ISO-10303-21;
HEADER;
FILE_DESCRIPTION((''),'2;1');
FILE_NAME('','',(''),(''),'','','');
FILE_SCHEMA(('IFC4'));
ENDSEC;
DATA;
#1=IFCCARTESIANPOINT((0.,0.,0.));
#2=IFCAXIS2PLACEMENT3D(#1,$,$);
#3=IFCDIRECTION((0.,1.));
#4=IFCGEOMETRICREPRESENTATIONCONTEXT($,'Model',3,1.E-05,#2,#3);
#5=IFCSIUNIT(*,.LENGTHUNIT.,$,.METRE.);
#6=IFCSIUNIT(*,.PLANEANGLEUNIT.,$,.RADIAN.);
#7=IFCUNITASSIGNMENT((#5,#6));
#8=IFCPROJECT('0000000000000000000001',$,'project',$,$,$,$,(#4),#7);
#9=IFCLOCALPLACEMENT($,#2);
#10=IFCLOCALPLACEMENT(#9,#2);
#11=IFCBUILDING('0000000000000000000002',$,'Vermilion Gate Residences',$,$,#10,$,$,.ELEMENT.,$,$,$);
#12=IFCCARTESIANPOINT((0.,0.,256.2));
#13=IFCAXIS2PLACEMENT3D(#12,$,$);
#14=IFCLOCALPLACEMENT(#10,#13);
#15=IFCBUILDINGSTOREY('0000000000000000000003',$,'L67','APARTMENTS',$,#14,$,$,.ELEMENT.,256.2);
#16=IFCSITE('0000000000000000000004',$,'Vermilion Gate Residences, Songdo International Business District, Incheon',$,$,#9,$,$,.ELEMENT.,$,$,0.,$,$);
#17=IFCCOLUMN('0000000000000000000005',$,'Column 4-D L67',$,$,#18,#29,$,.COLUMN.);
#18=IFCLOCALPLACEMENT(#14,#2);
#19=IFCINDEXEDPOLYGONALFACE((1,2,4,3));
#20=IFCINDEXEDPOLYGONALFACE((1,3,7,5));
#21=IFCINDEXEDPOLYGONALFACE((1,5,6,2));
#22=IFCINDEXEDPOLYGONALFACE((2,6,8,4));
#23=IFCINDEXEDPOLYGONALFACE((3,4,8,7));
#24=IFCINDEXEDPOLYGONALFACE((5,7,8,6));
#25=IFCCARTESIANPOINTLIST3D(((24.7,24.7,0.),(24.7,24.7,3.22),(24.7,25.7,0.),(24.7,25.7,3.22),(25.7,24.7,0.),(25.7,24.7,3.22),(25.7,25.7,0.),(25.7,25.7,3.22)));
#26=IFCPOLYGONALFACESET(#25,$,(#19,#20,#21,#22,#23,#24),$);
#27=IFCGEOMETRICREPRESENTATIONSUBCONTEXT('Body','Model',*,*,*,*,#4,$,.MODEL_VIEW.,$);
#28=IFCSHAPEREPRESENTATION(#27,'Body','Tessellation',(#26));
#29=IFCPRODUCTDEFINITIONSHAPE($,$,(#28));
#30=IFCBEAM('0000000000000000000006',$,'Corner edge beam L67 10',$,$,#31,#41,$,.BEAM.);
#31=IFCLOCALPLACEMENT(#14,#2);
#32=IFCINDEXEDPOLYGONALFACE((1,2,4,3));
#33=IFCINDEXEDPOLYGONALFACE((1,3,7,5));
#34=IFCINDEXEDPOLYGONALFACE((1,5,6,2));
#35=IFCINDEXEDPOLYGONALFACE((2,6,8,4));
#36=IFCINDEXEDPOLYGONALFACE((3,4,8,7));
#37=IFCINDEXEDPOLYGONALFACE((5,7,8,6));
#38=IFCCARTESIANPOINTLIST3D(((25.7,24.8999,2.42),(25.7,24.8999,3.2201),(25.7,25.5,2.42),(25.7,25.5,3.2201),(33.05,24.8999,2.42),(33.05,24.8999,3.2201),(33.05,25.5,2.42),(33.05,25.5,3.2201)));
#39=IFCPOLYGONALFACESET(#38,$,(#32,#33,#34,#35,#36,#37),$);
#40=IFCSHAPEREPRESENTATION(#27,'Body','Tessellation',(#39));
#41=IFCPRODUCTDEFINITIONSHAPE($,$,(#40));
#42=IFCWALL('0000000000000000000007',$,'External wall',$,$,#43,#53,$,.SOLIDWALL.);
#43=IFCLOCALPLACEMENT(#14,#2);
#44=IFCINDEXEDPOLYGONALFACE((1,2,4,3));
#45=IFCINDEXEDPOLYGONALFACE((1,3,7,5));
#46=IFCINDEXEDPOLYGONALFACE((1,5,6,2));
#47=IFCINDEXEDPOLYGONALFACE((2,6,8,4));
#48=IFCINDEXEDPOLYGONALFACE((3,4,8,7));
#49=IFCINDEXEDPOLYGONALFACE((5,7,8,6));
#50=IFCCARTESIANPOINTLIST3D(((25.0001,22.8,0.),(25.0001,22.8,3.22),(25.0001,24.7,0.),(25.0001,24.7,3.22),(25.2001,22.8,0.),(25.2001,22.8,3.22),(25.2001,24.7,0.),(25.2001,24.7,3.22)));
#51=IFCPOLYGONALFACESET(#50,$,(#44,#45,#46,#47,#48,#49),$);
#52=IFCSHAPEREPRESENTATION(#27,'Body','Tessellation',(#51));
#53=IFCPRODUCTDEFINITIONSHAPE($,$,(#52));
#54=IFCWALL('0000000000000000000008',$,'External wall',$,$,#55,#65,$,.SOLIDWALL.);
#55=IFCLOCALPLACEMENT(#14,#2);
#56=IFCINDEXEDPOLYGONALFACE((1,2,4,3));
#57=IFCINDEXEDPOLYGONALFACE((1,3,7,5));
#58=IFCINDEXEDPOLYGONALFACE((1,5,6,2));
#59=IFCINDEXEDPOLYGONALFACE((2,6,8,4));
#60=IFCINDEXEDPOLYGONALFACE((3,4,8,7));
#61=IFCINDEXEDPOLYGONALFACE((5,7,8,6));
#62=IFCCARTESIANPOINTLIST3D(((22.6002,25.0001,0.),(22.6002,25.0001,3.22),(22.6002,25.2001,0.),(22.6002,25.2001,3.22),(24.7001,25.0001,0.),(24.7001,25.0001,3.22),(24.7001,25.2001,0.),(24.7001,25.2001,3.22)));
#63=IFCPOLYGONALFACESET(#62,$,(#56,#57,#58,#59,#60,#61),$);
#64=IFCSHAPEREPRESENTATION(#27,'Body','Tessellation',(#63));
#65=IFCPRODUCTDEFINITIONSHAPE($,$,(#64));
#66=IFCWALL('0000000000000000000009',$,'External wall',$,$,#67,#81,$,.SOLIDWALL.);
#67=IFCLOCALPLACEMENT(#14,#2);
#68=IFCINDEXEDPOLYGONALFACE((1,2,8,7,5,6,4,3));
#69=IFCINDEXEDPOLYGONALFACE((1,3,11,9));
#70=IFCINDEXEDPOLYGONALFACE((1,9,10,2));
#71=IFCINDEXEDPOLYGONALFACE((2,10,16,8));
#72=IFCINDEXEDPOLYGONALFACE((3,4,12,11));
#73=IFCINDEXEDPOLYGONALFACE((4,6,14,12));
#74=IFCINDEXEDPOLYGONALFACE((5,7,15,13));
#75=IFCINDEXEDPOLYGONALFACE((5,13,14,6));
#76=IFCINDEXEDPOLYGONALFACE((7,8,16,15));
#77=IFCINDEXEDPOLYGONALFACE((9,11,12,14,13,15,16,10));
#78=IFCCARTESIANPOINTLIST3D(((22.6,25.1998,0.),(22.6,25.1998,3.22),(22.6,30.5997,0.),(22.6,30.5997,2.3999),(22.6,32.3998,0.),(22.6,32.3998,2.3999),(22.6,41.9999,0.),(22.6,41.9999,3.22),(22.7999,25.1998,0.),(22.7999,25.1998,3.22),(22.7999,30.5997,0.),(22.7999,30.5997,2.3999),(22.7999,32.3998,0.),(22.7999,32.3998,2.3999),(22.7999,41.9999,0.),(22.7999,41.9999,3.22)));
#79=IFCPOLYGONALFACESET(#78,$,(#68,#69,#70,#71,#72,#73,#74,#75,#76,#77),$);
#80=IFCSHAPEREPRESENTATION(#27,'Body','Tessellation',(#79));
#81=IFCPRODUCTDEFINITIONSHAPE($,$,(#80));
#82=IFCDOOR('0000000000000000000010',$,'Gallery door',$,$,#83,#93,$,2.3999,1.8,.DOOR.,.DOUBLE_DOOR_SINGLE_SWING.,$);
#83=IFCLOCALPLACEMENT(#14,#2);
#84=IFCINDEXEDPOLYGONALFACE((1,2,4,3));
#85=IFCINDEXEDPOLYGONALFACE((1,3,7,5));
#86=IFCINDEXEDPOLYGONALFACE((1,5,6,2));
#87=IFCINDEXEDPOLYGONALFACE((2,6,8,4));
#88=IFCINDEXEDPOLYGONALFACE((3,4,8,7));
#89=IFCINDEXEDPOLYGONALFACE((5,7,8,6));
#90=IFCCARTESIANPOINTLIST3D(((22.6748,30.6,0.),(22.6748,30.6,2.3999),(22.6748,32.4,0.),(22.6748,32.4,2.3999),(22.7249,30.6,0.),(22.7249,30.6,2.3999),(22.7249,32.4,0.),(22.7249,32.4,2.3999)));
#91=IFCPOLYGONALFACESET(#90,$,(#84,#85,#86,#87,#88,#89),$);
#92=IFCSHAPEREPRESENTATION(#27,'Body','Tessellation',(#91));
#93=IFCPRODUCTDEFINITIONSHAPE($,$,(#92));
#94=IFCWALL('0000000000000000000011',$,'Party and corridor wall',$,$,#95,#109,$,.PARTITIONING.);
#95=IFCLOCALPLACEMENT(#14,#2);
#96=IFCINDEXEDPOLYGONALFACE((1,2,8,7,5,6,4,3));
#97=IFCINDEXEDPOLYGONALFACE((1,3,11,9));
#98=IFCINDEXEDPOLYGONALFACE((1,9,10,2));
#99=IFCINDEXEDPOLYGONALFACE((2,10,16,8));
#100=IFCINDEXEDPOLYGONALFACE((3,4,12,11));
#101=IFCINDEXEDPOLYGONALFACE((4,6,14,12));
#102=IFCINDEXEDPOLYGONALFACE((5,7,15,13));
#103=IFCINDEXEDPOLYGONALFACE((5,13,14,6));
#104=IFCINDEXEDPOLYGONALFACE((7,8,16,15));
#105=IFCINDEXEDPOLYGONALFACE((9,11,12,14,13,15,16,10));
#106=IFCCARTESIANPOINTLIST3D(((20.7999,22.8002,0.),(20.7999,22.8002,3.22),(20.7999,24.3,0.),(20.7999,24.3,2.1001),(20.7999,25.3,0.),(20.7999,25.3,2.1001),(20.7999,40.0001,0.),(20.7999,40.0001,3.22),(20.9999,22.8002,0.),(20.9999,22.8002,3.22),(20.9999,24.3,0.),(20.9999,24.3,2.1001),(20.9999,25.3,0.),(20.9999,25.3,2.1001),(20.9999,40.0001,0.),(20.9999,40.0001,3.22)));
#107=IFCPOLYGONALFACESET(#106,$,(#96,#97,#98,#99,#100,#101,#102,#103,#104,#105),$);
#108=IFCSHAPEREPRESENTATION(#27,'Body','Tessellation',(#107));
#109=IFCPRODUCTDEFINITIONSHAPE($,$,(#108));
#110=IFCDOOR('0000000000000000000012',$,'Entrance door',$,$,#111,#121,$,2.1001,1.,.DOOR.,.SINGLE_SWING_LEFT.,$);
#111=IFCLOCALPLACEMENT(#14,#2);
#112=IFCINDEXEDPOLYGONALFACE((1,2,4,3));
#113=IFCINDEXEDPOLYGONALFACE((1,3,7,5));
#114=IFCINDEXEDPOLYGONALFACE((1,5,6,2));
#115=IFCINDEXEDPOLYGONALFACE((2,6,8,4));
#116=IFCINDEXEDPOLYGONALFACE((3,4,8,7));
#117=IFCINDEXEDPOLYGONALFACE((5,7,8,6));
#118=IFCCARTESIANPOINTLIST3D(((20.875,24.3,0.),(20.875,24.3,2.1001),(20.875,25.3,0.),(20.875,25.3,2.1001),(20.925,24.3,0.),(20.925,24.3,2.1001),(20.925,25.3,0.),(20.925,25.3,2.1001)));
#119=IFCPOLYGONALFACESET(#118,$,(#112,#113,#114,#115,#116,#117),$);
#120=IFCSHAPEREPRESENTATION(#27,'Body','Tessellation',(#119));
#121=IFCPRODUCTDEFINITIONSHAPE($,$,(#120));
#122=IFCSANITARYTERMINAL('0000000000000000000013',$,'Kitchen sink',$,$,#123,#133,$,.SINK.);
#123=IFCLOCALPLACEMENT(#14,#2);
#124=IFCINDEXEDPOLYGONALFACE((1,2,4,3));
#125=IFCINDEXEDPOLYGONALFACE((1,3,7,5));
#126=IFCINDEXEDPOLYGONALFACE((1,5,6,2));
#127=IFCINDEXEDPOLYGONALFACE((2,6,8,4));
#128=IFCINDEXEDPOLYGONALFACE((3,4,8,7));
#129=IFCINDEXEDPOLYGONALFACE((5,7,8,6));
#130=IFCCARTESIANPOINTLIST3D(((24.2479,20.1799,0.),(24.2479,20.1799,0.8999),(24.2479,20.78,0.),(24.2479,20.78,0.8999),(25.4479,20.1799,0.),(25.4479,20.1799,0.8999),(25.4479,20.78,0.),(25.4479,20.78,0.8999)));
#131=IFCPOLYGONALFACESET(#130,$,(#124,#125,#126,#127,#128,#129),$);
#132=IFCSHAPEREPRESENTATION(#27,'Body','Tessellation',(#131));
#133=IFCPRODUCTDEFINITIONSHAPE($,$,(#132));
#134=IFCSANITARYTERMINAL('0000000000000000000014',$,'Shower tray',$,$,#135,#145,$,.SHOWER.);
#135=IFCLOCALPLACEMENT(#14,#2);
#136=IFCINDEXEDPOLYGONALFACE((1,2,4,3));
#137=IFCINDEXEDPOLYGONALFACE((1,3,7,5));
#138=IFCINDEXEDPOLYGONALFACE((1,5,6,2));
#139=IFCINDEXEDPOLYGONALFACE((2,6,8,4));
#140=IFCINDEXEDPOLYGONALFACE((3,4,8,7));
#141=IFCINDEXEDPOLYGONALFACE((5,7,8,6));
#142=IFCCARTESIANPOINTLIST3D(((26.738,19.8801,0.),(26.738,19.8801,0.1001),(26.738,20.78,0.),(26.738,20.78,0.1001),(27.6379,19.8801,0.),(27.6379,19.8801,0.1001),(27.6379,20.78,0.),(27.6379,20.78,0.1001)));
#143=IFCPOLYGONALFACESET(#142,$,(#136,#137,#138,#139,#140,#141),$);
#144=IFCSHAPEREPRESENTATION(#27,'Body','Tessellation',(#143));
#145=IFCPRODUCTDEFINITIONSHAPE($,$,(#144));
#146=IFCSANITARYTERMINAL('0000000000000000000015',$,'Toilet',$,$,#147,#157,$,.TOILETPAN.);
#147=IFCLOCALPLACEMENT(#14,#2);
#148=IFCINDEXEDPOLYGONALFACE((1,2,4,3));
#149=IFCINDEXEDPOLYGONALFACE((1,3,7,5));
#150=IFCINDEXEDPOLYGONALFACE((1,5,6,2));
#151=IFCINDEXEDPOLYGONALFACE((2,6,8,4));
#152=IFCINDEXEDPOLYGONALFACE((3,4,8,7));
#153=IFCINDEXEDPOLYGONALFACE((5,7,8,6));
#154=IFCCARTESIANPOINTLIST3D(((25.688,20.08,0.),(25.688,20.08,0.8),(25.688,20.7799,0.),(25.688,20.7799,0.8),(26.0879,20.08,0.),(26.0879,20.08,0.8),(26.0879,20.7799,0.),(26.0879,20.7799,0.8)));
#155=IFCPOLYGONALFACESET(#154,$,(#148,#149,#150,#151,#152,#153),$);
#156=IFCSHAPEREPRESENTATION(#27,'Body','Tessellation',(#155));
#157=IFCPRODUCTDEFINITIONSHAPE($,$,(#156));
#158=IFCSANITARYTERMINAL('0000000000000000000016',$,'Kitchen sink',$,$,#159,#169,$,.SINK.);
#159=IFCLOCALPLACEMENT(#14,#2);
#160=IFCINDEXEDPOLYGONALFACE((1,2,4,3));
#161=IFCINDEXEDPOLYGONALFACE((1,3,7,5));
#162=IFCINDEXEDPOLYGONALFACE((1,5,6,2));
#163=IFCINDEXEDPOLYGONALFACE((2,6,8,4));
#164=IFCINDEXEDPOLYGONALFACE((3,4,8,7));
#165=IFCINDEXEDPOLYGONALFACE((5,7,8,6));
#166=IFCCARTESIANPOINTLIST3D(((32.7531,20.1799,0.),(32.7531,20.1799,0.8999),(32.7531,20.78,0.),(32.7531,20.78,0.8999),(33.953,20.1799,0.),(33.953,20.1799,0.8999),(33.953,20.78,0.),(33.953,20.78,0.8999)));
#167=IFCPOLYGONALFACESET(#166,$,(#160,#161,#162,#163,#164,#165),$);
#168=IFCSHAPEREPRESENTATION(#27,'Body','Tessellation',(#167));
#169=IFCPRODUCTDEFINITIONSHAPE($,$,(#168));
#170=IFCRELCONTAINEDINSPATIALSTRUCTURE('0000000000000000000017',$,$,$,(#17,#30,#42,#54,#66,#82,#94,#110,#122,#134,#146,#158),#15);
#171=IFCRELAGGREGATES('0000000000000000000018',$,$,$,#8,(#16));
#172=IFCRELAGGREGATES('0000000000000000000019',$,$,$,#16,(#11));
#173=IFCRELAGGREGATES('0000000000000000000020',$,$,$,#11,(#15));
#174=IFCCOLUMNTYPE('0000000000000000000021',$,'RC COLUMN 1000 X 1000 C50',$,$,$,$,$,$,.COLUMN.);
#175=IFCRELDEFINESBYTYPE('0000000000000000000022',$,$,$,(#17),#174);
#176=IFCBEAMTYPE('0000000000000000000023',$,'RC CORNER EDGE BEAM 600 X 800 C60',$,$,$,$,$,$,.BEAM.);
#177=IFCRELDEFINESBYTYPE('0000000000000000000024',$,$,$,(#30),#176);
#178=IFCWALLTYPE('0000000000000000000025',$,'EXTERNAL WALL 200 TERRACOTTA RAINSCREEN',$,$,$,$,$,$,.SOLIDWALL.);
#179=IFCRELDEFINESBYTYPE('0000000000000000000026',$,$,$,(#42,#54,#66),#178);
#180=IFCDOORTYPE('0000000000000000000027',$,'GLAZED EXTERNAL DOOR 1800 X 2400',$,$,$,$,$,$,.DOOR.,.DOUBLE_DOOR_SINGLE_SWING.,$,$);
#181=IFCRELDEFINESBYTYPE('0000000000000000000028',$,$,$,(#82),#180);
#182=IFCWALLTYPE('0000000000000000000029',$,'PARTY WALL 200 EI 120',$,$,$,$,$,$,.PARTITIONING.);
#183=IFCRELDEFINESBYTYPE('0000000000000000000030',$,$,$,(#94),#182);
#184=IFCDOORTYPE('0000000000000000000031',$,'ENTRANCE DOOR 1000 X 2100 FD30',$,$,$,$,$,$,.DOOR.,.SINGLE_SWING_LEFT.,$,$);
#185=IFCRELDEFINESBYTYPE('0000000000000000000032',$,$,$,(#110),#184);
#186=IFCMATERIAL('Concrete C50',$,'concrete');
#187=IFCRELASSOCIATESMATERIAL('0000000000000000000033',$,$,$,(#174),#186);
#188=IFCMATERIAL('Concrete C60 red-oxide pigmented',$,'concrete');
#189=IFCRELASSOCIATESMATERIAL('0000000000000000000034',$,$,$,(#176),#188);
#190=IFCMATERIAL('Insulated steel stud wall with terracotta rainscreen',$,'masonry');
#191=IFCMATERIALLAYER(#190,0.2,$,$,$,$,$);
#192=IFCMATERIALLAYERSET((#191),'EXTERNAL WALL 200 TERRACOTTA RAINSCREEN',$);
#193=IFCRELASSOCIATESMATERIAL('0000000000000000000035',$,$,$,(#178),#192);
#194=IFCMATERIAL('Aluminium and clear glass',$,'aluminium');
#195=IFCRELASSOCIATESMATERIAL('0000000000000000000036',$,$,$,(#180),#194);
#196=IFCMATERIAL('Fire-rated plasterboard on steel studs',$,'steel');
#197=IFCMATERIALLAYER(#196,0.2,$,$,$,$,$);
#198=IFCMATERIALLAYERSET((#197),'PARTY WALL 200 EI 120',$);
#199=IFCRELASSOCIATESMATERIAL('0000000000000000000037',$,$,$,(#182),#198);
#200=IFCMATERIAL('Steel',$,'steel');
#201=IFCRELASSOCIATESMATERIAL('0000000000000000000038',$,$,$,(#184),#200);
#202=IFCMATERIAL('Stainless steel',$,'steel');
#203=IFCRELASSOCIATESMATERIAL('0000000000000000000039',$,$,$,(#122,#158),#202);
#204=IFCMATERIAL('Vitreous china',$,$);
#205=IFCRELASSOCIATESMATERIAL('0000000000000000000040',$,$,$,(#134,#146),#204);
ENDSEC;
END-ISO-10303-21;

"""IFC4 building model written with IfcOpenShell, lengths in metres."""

from ifc_helpers import new_model, si_unit, direction, frame, frame_2d, origin, origin_2d, place, context, subcontext, project, spatial, rectangle, extrude, material, layer, layer_set, material_profile, profile_set, type_object, element, fill, save


model = new_model("IFC4")

# Units and contexts
model_context = context("Model", 3, precision=1e-05, world=origin(), true_north=direction((0.0, 1.0)))
body_context = subcontext(model_context, "Body", "Model", "MODEL_VIEW")
ifc_project = project(units=[si_unit("LENGTHUNIT", "METRE"), si_unit("PLANEANGLEUNIT", "RADIAN")], contexts=[model_context])

# Site, building, storey
site_placement = place(None, origin())
site = spatial("IfcSite", under=ifc_project, at=site_placement, Name="Vermilion Gate Residences, Songdo International Business District, Incheon", CompositionType="ELEMENT", RefElevation=0.0)
building_placement = place(site_placement, origin())
building = spatial("IfcBuilding", under=site, at=building_placement, Name="Vermilion Gate Residences", CompositionType="ELEMENT")
storey_placement = place(building_placement, frame((0.0, 0.0, 256.2)))
storey = spatial("IfcBuildingStorey", under=building, at=storey_placement, Name="L67", Description="APARTMENTS", CompositionType="ELEMENT", Elevation=256.2)

# Column
ifc_material_1 = material(Name="Concrete C50", Category="concrete")
ifc_material_profile_1 = material_profile(ifc_material_1, rectangle(XDim=1.0, YDim=1.0, at=origin_2d()), Name="RC-1000x1000")
ifc_profile_set_1 = profile_set([ifc_material_profile_1], Name="Concrete C50")
column_type = type_object("IfcColumnType", Name="RC COLUMN 1000 X 1000 C50", PredefinedType="COLUMN", material=ifc_profile_set_1)
column_placement = place(storey_placement, frame((25.2, 25.2, 0.0), z_axis=(0.0, 0.0, 1.0), x_axis=(1.0, 0.0, 0.0)))
element("IfcColumn", 1, at=column_placement, inside=storey, type_object=column_type, Name="Column 4-D L67", PredefinedType="COLUMN", context=body_context, shape_type="SweptSolid", body=[
    extrude(rectangle(XDim=1.0, YDim=1.0, at=origin_2d()), origin(), (0.0, 0.0, 1.0), 3.22),
])

# Beam
ifc_material_2 = material(Name="Concrete C60 red-oxide pigmented", Category="concrete")
ifc_material_profile_2 = material_profile(ifc_material_2, rectangle(XDim=0.6001, YDim=0.8, at=origin_2d()), Name="RC-600x800")
ifc_profile_set_2 = profile_set([ifc_material_profile_2], Name="Concrete C60 red-oxide pigmented")
beam_type = type_object("IfcBeamType", Name="RC CORNER EDGE BEAM 600 X 800 C60", PredefinedType="BEAM", material=ifc_profile_set_2)
beam_placement = place(storey_placement, frame((25.7, 25.2, 2.8201), z_axis=(1.0, 0.0, 0.0), x_axis=(0.0, 1.0, 0.0)))
element("IfcBeam", 2, at=beam_placement, inside=storey, type_object=beam_type, Name="Corner edge beam L67 10", PredefinedType="BEAM", context=body_context, shape_type="SweptSolid", body=[
    extrude(rectangle(XDim=0.6001, YDim=0.8, at=origin_2d()), origin(), (0.0, 0.0, 1.0), 7.3501),
])

# Walls
ifc_material_3 = material(Name="Insulated steel stud wall with terracotta rainscreen", Category="masonry")
ifc_layer_1 = layer(ifc_material_3, 0.2)
ifc_layer_set_1 = layer_set([ifc_layer_1], Name="EXTERNAL WALL 200 TERRACOTTA RAINSCREEN")
wall_type_1 = type_object("IfcWallType", Name="EXTERNAL WALL 200 TERRACOTTA RAINSCREEN", PredefinedType="SOLIDWALL", material=ifc_layer_set_1)
wall_1_placement = place(storey_placement, frame((25.1001, 22.8, 0.0), z_axis=(0.0, 0.0, 1.0), x_axis=(0.0, 1.0, 0.0)))
element("IfcWall", 3, at=wall_1_placement, inside=storey, type_object=wall_type_1, Name="External wall", PredefinedType="SOLIDWALL", context=body_context, shape_type="SweptSolid", body=[
    extrude(rectangle(XDim=1.8999, YDim=0.2, at=frame_2d((0.95, 0.0))), origin(), (0.0, 0.0, 1.0), 3.22),
])
wall_2_placement = place(storey_placement, frame((24.7, 25.1001, 0.0), z_axis=(0.0, 0.0, 1.0), x_axis=(-1.0, 0.0, 0.0)))
element("IfcWall", 4, at=wall_2_placement, inside=storey, type_object=wall_type_1, Name="External wall", PredefinedType="SOLIDWALL", context=body_context, shape_type="SweptSolid", body=[
    extrude(rectangle(XDim=2.0999, YDim=0.2, at=frame_2d((1.0498, 0.0))), origin(), (0.0, 0.0, 1.0), 3.22),
])

# Walls, openings, doors
wall_3_placement = place(storey_placement, frame((22.7, 25.2, 0.0), z_axis=(0.0, 0.0, 1.0), x_axis=(0.0, 1.0, 0.0)))
wall_3 = element("IfcWall", 5, at=wall_3_placement, inside=storey, type_object=wall_type_1, Name="External wall", PredefinedType="SOLIDWALL", context=body_context, shape_type="SweptSolid", body=[
    extrude(rectangle(XDim=16.8, YDim=0.2, at=frame_2d((8.3999, 0.0))), origin(), (0.0, 0.0, 1.0), 3.22),
])
opening_1_placement = place(wall_3_placement, frame((5.3999, 0.0, 0.0)))
opening_1 = element("IfcOpeningElement", 6, at=opening_1_placement, cuts=wall_3, PredefinedType="OPENING", context=body_context, shape_type="SweptSolid", body=[
    extrude(rectangle(XDim=1.8, YDim=2.3999, at=frame_2d((0.8999, 1.2))), frame((0.0, 0.1099, 0.0), z_axis=(0.0, -1.0, 0.0), x_axis=(1.0, 0.0, 0.0)), (0.0, 0.0, 1.0), 0.22),
])
ifc_material_4 = material(Name="Aluminium and clear glass", Category="aluminium")
door_type_1 = type_object("IfcDoorType", Name="GLAZED EXTERNAL DOOR 1800 X 2400", OperationType="DOUBLE_DOOR_SINGLE_SWING", PredefinedType="DOOR", material=ifc_material_4)
door_1_placement = place(opening_1_placement, frame((1.8, 0.0, 0.0), z_axis=(0.0, 0.0, 1.0), x_axis=(-1.0, 0.0, 0.0)))
door_1 = element("IfcDoor", 7, at=door_1_placement, inside=storey, type_object=door_type_1, Name="Gallery door", OperationType="DOUBLE_DOOR_SINGLE_SWING", OverallHeight=2.3999, OverallWidth=1.8, PredefinedType="DOOR", context=body_context, shape_type="SweptSolid", body=[
    extrude(rectangle(XDim=1.8, YDim=2.3999, at=frame_2d((0.8999, 1.2))), frame((0.0, 0.0249, 0.0), z_axis=(0.0, -1.0, 0.0), x_axis=(1.0, 0.0, 0.0)), (0.0, 0.0, 1.0), 0.05),
])
fill(opening_1, door_1)
ifc_material_5 = material(Name="Fire-rated plasterboard on steel studs", Category="steel")
ifc_layer_2 = layer(ifc_material_5, 0.2)
ifc_layer_set_2 = layer_set([ifc_layer_2], Name="PARTY WALL 200 EI 120")
wall_type_2 = type_object("IfcWallType", Name="PARTY WALL 200 EI 120", PredefinedType="PARTITIONING", material=ifc_layer_set_2)
wall_4_placement = place(storey_placement, frame((20.8999, 22.8, 0.0), z_axis=(0.0, 0.0, 1.0), x_axis=(0.0, 1.0, 0.0)))
wall_4 = element("IfcWall", 8, at=wall_4_placement, inside=storey, type_object=wall_type_2, Name="Party and corridor wall", PredefinedType="PARTITIONING", context=body_context, shape_type="SweptSolid", body=[
    extrude(rectangle(XDim=17.2, YDim=0.2, at=frame_2d((8.6001, 0.0))), origin(), (0.0, 0.0, 1.0), 3.22),
])
opening_2_placement = place(wall_4_placement, frame((1.5, 0.0, 0.0)))
opening_2 = element("IfcOpeningElement", 9, at=opening_2_placement, cuts=wall_4, PredefinedType="OPENING", context=body_context, shape_type="SweptSolid", body=[
    extrude(rectangle(XDim=1.0, YDim=2.1001, at=frame_2d((0.5, 1.05))), frame((0.0, 0.1099, 0.0), z_axis=(0.0, -1.0, 0.0), x_axis=(1.0, 0.0, 0.0)), (0.0, 0.0, 1.0), 0.22),
])
ifc_material_6 = material(Name="Steel", Category="steel")
door_type_2 = type_object("IfcDoorType", Name="ENTRANCE DOOR 1000 X 2100 FD30", OperationType="SINGLE_SWING_LEFT", PredefinedType="DOOR", material=ifc_material_6)
door_2_placement = place(opening_2_placement, origin())
door_2 = element("IfcDoor", 10, at=door_2_placement, inside=storey, type_object=door_type_2, Name="Entrance door", OperationType="SINGLE_SWING_LEFT", OverallHeight=2.1001, OverallWidth=1.0, PredefinedType="DOOR", context=body_context, shape_type="SweptSolid", body=[
    extrude(rectangle(XDim=1.0, YDim=2.1001, at=frame_2d((0.5, 1.05))), frame((0.0, 0.0249, 0.0), z_axis=(0.0, -1.0, 0.0), x_axis=(1.0, 0.0, 0.0)), (0.0, 0.0, 1.0), 0.05),
])
fill(opening_2, door_2)

# Sanitary terminals
ifc_material_7 = material(Name="Stainless steel", Category="steel")
sanitary_terminal_1_placement = place(storey_placement, frame((24.8479, 20.48, 0.0), z_axis=(0.0, 0.0, 1.0), x_axis=(1.0, 0.0, 0.0)))
element("IfcSanitaryTerminal", 11, at=sanitary_terminal_1_placement, inside=storey, material=ifc_material_7, Name="Kitchen sink", PredefinedType="SINK", context=body_context, shape_type="SweptSolid", body=[
    extrude(rectangle(XDim=1.2, YDim=0.6001, at=origin_2d()), origin(), (0.0, 0.0, 1.0), 0.8999),
])
ifc_material_8 = material(Name="Vitreous china")
sanitary_terminal_2_placement = place(storey_placement, frame((27.188, 20.3301, 0.0), z_axis=(0.0, 0.0, 1.0), x_axis=(1.0, 0.0, 0.0)))
element("IfcSanitaryTerminal", 12, at=sanitary_terminal_2_placement, inside=storey, material=ifc_material_8, Name="Shower tray", PredefinedType="SHOWER", context=body_context, shape_type="SweptSolid", body=[
    extrude(rectangle(XDim=0.8999, YDim=0.8999, at=origin_2d()), origin(), (0.0, 0.0, 1.0), 0.1001),
])
sanitary_terminal_3_placement = place(storey_placement, frame((25.8879, 20.4299, 0.0), z_axis=(0.0, 0.0, 1.0), x_axis=(1.0, 0.0, 0.0)))
element("IfcSanitaryTerminal", 13, at=sanitary_terminal_3_placement, inside=storey, material=ifc_material_8, Name="Toilet", PredefinedType="TOILETPAN", context=body_context, shape_type="SweptSolid", body=[
    extrude(rectangle(XDim=0.3999, YDim=0.7, at=origin_2d()), origin(), (0.0, 0.0, 1.0), 0.8),
])
sanitary_terminal_4_placement = place(storey_placement, frame((33.353, 20.48, 0.0), z_axis=(0.0, 0.0, 1.0), x_axis=(1.0, 0.0, 0.0)))
element("IfcSanitaryTerminal", 14, at=sanitary_terminal_4_placement, inside=storey, material=ifc_material_7, Name="Kitchen sink", PredefinedType="SINK", context=body_context, shape_type="SweptSolid", body=[
    extrude(rectangle(XDim=1.2, YDim=0.6001, at=origin_2d()), origin(), (0.0, 0.0, 1.0), 0.8999),
])

save(model, "model.ifc")
